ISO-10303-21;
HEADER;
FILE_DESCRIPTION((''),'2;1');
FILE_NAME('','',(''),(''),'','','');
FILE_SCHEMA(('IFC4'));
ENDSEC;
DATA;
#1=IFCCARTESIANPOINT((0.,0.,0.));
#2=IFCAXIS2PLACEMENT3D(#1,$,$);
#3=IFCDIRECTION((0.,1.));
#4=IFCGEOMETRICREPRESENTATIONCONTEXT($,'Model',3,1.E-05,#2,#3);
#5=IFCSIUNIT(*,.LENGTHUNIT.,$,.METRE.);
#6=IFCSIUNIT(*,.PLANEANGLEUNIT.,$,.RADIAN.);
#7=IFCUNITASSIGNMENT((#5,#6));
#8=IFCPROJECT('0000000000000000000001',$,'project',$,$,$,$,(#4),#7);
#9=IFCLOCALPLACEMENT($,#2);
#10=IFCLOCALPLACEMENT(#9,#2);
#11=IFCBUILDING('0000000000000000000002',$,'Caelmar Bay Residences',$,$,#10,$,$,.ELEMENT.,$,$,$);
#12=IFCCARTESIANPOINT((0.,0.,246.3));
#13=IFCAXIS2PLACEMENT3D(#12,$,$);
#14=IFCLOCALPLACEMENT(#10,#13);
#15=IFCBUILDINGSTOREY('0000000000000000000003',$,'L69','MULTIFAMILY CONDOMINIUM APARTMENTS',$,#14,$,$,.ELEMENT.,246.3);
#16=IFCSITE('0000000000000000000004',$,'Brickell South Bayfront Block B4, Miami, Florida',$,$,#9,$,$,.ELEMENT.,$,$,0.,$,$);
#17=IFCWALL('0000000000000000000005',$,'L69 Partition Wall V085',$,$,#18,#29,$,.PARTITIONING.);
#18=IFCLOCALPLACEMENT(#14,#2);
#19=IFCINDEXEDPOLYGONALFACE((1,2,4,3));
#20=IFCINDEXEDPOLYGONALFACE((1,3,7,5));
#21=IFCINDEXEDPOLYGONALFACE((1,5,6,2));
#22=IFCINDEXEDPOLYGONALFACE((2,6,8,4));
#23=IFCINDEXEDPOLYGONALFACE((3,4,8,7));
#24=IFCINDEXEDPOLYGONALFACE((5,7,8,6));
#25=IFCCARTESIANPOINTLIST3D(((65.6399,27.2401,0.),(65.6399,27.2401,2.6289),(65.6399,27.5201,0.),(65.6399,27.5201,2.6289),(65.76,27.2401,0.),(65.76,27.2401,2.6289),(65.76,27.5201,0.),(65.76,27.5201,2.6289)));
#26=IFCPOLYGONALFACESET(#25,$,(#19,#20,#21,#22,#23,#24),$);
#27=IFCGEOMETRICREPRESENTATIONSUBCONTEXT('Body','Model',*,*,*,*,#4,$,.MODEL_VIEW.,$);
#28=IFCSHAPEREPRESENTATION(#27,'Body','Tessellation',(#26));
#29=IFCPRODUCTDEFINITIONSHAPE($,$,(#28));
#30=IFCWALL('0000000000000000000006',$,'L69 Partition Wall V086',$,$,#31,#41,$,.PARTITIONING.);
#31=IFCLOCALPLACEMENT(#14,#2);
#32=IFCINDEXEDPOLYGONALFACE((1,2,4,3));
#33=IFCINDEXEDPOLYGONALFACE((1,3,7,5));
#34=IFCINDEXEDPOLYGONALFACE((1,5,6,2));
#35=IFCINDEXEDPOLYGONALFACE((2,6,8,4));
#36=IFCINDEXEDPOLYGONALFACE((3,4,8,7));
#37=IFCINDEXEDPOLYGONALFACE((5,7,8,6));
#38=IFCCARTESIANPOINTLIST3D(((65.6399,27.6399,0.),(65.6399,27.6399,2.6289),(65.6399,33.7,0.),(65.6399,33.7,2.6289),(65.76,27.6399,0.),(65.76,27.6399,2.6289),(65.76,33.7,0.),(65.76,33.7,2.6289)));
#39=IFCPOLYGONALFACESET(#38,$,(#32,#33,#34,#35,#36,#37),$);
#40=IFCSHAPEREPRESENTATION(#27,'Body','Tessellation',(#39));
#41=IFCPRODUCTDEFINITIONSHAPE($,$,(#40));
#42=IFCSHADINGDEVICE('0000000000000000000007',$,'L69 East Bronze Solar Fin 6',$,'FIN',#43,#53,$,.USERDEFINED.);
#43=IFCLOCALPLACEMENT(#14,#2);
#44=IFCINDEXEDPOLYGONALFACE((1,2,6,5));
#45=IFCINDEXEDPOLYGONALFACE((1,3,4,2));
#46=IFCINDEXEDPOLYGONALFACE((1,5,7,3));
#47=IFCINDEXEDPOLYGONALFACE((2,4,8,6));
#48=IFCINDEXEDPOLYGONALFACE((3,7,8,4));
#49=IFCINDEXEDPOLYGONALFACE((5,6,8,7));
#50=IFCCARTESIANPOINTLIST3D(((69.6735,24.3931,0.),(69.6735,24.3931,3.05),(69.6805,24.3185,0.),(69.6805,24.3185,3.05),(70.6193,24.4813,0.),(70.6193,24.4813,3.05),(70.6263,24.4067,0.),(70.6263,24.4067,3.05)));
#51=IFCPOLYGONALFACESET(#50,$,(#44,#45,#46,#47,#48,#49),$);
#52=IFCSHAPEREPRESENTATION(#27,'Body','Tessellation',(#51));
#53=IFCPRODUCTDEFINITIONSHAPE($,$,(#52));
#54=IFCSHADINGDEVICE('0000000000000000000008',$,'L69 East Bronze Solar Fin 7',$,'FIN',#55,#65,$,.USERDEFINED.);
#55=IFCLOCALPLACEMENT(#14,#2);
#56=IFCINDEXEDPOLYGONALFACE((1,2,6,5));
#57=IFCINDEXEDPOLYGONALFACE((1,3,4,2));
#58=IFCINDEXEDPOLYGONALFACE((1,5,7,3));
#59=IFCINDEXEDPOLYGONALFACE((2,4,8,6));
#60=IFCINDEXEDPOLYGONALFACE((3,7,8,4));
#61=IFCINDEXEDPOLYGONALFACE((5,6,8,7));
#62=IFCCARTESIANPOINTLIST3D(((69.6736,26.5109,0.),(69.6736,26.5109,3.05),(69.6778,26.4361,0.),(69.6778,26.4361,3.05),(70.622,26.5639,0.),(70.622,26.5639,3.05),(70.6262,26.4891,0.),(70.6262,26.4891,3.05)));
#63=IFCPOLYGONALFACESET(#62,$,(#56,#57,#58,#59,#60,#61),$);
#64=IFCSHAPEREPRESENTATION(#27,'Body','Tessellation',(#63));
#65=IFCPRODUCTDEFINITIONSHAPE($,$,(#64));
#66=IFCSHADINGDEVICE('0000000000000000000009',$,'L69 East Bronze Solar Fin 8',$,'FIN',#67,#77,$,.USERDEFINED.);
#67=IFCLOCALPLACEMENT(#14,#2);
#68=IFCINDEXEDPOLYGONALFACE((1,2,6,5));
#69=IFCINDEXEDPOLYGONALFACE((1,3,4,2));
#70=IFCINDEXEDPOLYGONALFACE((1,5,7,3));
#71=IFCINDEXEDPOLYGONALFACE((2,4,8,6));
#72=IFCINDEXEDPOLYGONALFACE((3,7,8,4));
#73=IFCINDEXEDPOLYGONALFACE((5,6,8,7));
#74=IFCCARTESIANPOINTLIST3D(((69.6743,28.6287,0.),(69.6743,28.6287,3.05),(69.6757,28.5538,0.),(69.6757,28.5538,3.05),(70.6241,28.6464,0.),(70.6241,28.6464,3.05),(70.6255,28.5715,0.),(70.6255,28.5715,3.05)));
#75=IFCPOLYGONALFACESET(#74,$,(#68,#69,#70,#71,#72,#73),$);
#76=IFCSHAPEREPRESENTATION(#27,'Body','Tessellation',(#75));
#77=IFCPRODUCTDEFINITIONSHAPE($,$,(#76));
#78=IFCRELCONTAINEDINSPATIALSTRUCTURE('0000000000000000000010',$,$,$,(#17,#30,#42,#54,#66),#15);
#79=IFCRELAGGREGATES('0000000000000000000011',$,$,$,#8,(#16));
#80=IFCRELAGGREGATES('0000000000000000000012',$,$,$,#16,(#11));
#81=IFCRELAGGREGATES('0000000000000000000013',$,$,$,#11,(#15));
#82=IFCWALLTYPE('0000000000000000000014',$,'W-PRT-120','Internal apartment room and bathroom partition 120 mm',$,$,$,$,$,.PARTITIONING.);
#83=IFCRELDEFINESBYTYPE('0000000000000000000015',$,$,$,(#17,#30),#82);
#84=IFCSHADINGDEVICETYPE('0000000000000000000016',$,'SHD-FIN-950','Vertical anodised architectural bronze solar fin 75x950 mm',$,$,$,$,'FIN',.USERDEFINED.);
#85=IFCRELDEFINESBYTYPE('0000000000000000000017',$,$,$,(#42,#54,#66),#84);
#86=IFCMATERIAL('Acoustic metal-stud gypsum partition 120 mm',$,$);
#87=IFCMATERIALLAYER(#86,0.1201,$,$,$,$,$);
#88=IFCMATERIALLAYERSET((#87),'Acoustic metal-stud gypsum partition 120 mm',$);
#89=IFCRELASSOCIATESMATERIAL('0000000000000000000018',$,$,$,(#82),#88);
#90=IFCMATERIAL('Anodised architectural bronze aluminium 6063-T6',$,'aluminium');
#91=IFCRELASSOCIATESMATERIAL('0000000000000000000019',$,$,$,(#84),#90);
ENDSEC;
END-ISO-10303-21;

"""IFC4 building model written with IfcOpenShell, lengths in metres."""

from ifc_helpers import new_model, si_unit, direction, frame, frame_2d, origin, origin_2d, place, context, subcontext, project, spatial, rectangle, extrude, material, layer, layer_set, material_profile, profile_set, type_object, element, save


model = new_model("IFC4")

# Units and contexts
model_context = context("Model", 3, precision=1e-05, world=origin(), true_north=direction((0.0, 1.0)))
body_context = subcontext(model_context, "Body", "Model", "MODEL_VIEW")
ifc_project = project(units=[si_unit("LENGTHUNIT", "METRE"), si_unit("PLANEANGLEUNIT", "RADIAN")], contexts=[model_context])

# Site, building, storey
site_placement = place(None, origin())
site = spatial("IfcSite", under=ifc_project, at=site_placement, Name="Brickell South Bayfront Block B4, Miami, Florida", CompositionType="ELEMENT", RefElevation=0.0)
building_placement = place(site_placement, origin())
building = spatial("IfcBuilding", under=site, at=building_placement, Name="Caelmar Bay Residences", CompositionType="ELEMENT")
storey_placement = place(building_placement, frame((0.0, 0.0, 246.3)))
storey = spatial("IfcBuildingStorey", under=building, at=storey_placement, Name="L69", Description="MULTIFAMILY CONDOMINIUM APARTMENTS", CompositionType="ELEMENT", Elevation=246.3)

# Shared definitions
ifc_material_1 = material(Name="Acoustic metal-stud gypsum partition 120 mm")
ifc_layer_1 = layer(ifc_material_1, 0.1201)
ifc_layer_set_1 = layer_set([ifc_layer_1], Name="Acoustic metal-stud gypsum partition 120 mm")
wall_type = type_object("IfcWallType", Name="W-PRT-120", Description="Internal apartment room and bathroom partition 120 mm", PredefinedType="PARTITIONING", material=ifc_layer_set_1)

# Walls
wall_1_placement = place(storey_placement, frame((65.7, 27.24, 0.0), z_axis=(0.0, 0.0, 1.0), x_axis=(0.0, 1.0, 0.0)))
element("IfcWall", 1, at=wall_1_placement, inside=storey, type_object=wall_type, Name="L69 Partition Wall V085", PredefinedType="PARTITIONING", context=body_context, shape_type="SweptSolid", body=[
    extrude(rectangle(XDim=0.28, YDim=0.1201, at=frame_2d((0.1401, 0.0))), origin(), (0.0, 0.0, 1.0), 2.6289),
])
wall_2_placement = place(storey_placement, frame((65.7, 27.6399, 0.0), z_axis=(0.0, 0.0, 1.0), x_axis=(0.0, 1.0, 0.0)))
element("IfcWall", 2, at=wall_2_placement, inside=storey, type_object=wall_type, Name="L69 Partition Wall V086", PredefinedType="PARTITIONING", context=body_context, shape_type="SweptSolid", body=[
    extrude(rectangle(XDim=6.0601, YDim=0.1201, at=frame_2d((3.03, 0.0))), origin(), (0.0, 0.0, 1.0), 2.6289),
])

# Shading devices
ifc_material_2 = material(Name="Anodised architectural bronze aluminium 6063-T6", Category="aluminium")
ifc_material_profile_1 = material_profile(ifc_material_2, rectangle(XDim=0.075, YDim=0.95, at=origin_2d()), Name="BRONZE-FIN-75X950")
ifc_profile_set_1 = profile_set([ifc_material_profile_1], Name="Anodised architectural bronze aluminium 6063-T6")
shading_device_type = type_object("IfcShadingDeviceType", Name="SHD-FIN-950", Description="Vertical anodised architectural bronze solar fin 75x950 mm", ElementType="FIN", PredefinedType="USERDEFINED", material=ifc_profile_set_1)
for number, where, z_axis, x_axis, name in (
    (3, (70.1499, 24.3999, 0.0), (0.0, 0.0, 1.0), (-0.092892, 0.995676, 0.0), "L69 East Bronze Solar Fin 6"),
    (4, (70.1499, 26.5, 0.0), (0.0, 0.0, 1.0), (-0.055822, 0.998441, 0.0), "L69 East Bronze Solar Fin 7"),
    (5, (70.1499, 28.6001, 0.0), (0.0, 0.0, 1.0), (-0.018674, 0.999826, 0.0), "L69 East Bronze Solar Fin 8"),
):
    element("IfcShadingDevice", number, at=place(storey_placement, frame(where, z_axis=z_axis, x_axis=x_axis)), inside=storey, type_object=shading_device_type, Name=name, ObjectType="FIN", PredefinedType="USERDEFINED", context=body_context, shape_type="SweptSolid", body=[
        extrude(rectangle(XDim=0.075, YDim=0.95, at=origin_2d()), origin(), (0.0, 0.0, 1.0), 3.05),
    ])

save(model, "model.ifc")
